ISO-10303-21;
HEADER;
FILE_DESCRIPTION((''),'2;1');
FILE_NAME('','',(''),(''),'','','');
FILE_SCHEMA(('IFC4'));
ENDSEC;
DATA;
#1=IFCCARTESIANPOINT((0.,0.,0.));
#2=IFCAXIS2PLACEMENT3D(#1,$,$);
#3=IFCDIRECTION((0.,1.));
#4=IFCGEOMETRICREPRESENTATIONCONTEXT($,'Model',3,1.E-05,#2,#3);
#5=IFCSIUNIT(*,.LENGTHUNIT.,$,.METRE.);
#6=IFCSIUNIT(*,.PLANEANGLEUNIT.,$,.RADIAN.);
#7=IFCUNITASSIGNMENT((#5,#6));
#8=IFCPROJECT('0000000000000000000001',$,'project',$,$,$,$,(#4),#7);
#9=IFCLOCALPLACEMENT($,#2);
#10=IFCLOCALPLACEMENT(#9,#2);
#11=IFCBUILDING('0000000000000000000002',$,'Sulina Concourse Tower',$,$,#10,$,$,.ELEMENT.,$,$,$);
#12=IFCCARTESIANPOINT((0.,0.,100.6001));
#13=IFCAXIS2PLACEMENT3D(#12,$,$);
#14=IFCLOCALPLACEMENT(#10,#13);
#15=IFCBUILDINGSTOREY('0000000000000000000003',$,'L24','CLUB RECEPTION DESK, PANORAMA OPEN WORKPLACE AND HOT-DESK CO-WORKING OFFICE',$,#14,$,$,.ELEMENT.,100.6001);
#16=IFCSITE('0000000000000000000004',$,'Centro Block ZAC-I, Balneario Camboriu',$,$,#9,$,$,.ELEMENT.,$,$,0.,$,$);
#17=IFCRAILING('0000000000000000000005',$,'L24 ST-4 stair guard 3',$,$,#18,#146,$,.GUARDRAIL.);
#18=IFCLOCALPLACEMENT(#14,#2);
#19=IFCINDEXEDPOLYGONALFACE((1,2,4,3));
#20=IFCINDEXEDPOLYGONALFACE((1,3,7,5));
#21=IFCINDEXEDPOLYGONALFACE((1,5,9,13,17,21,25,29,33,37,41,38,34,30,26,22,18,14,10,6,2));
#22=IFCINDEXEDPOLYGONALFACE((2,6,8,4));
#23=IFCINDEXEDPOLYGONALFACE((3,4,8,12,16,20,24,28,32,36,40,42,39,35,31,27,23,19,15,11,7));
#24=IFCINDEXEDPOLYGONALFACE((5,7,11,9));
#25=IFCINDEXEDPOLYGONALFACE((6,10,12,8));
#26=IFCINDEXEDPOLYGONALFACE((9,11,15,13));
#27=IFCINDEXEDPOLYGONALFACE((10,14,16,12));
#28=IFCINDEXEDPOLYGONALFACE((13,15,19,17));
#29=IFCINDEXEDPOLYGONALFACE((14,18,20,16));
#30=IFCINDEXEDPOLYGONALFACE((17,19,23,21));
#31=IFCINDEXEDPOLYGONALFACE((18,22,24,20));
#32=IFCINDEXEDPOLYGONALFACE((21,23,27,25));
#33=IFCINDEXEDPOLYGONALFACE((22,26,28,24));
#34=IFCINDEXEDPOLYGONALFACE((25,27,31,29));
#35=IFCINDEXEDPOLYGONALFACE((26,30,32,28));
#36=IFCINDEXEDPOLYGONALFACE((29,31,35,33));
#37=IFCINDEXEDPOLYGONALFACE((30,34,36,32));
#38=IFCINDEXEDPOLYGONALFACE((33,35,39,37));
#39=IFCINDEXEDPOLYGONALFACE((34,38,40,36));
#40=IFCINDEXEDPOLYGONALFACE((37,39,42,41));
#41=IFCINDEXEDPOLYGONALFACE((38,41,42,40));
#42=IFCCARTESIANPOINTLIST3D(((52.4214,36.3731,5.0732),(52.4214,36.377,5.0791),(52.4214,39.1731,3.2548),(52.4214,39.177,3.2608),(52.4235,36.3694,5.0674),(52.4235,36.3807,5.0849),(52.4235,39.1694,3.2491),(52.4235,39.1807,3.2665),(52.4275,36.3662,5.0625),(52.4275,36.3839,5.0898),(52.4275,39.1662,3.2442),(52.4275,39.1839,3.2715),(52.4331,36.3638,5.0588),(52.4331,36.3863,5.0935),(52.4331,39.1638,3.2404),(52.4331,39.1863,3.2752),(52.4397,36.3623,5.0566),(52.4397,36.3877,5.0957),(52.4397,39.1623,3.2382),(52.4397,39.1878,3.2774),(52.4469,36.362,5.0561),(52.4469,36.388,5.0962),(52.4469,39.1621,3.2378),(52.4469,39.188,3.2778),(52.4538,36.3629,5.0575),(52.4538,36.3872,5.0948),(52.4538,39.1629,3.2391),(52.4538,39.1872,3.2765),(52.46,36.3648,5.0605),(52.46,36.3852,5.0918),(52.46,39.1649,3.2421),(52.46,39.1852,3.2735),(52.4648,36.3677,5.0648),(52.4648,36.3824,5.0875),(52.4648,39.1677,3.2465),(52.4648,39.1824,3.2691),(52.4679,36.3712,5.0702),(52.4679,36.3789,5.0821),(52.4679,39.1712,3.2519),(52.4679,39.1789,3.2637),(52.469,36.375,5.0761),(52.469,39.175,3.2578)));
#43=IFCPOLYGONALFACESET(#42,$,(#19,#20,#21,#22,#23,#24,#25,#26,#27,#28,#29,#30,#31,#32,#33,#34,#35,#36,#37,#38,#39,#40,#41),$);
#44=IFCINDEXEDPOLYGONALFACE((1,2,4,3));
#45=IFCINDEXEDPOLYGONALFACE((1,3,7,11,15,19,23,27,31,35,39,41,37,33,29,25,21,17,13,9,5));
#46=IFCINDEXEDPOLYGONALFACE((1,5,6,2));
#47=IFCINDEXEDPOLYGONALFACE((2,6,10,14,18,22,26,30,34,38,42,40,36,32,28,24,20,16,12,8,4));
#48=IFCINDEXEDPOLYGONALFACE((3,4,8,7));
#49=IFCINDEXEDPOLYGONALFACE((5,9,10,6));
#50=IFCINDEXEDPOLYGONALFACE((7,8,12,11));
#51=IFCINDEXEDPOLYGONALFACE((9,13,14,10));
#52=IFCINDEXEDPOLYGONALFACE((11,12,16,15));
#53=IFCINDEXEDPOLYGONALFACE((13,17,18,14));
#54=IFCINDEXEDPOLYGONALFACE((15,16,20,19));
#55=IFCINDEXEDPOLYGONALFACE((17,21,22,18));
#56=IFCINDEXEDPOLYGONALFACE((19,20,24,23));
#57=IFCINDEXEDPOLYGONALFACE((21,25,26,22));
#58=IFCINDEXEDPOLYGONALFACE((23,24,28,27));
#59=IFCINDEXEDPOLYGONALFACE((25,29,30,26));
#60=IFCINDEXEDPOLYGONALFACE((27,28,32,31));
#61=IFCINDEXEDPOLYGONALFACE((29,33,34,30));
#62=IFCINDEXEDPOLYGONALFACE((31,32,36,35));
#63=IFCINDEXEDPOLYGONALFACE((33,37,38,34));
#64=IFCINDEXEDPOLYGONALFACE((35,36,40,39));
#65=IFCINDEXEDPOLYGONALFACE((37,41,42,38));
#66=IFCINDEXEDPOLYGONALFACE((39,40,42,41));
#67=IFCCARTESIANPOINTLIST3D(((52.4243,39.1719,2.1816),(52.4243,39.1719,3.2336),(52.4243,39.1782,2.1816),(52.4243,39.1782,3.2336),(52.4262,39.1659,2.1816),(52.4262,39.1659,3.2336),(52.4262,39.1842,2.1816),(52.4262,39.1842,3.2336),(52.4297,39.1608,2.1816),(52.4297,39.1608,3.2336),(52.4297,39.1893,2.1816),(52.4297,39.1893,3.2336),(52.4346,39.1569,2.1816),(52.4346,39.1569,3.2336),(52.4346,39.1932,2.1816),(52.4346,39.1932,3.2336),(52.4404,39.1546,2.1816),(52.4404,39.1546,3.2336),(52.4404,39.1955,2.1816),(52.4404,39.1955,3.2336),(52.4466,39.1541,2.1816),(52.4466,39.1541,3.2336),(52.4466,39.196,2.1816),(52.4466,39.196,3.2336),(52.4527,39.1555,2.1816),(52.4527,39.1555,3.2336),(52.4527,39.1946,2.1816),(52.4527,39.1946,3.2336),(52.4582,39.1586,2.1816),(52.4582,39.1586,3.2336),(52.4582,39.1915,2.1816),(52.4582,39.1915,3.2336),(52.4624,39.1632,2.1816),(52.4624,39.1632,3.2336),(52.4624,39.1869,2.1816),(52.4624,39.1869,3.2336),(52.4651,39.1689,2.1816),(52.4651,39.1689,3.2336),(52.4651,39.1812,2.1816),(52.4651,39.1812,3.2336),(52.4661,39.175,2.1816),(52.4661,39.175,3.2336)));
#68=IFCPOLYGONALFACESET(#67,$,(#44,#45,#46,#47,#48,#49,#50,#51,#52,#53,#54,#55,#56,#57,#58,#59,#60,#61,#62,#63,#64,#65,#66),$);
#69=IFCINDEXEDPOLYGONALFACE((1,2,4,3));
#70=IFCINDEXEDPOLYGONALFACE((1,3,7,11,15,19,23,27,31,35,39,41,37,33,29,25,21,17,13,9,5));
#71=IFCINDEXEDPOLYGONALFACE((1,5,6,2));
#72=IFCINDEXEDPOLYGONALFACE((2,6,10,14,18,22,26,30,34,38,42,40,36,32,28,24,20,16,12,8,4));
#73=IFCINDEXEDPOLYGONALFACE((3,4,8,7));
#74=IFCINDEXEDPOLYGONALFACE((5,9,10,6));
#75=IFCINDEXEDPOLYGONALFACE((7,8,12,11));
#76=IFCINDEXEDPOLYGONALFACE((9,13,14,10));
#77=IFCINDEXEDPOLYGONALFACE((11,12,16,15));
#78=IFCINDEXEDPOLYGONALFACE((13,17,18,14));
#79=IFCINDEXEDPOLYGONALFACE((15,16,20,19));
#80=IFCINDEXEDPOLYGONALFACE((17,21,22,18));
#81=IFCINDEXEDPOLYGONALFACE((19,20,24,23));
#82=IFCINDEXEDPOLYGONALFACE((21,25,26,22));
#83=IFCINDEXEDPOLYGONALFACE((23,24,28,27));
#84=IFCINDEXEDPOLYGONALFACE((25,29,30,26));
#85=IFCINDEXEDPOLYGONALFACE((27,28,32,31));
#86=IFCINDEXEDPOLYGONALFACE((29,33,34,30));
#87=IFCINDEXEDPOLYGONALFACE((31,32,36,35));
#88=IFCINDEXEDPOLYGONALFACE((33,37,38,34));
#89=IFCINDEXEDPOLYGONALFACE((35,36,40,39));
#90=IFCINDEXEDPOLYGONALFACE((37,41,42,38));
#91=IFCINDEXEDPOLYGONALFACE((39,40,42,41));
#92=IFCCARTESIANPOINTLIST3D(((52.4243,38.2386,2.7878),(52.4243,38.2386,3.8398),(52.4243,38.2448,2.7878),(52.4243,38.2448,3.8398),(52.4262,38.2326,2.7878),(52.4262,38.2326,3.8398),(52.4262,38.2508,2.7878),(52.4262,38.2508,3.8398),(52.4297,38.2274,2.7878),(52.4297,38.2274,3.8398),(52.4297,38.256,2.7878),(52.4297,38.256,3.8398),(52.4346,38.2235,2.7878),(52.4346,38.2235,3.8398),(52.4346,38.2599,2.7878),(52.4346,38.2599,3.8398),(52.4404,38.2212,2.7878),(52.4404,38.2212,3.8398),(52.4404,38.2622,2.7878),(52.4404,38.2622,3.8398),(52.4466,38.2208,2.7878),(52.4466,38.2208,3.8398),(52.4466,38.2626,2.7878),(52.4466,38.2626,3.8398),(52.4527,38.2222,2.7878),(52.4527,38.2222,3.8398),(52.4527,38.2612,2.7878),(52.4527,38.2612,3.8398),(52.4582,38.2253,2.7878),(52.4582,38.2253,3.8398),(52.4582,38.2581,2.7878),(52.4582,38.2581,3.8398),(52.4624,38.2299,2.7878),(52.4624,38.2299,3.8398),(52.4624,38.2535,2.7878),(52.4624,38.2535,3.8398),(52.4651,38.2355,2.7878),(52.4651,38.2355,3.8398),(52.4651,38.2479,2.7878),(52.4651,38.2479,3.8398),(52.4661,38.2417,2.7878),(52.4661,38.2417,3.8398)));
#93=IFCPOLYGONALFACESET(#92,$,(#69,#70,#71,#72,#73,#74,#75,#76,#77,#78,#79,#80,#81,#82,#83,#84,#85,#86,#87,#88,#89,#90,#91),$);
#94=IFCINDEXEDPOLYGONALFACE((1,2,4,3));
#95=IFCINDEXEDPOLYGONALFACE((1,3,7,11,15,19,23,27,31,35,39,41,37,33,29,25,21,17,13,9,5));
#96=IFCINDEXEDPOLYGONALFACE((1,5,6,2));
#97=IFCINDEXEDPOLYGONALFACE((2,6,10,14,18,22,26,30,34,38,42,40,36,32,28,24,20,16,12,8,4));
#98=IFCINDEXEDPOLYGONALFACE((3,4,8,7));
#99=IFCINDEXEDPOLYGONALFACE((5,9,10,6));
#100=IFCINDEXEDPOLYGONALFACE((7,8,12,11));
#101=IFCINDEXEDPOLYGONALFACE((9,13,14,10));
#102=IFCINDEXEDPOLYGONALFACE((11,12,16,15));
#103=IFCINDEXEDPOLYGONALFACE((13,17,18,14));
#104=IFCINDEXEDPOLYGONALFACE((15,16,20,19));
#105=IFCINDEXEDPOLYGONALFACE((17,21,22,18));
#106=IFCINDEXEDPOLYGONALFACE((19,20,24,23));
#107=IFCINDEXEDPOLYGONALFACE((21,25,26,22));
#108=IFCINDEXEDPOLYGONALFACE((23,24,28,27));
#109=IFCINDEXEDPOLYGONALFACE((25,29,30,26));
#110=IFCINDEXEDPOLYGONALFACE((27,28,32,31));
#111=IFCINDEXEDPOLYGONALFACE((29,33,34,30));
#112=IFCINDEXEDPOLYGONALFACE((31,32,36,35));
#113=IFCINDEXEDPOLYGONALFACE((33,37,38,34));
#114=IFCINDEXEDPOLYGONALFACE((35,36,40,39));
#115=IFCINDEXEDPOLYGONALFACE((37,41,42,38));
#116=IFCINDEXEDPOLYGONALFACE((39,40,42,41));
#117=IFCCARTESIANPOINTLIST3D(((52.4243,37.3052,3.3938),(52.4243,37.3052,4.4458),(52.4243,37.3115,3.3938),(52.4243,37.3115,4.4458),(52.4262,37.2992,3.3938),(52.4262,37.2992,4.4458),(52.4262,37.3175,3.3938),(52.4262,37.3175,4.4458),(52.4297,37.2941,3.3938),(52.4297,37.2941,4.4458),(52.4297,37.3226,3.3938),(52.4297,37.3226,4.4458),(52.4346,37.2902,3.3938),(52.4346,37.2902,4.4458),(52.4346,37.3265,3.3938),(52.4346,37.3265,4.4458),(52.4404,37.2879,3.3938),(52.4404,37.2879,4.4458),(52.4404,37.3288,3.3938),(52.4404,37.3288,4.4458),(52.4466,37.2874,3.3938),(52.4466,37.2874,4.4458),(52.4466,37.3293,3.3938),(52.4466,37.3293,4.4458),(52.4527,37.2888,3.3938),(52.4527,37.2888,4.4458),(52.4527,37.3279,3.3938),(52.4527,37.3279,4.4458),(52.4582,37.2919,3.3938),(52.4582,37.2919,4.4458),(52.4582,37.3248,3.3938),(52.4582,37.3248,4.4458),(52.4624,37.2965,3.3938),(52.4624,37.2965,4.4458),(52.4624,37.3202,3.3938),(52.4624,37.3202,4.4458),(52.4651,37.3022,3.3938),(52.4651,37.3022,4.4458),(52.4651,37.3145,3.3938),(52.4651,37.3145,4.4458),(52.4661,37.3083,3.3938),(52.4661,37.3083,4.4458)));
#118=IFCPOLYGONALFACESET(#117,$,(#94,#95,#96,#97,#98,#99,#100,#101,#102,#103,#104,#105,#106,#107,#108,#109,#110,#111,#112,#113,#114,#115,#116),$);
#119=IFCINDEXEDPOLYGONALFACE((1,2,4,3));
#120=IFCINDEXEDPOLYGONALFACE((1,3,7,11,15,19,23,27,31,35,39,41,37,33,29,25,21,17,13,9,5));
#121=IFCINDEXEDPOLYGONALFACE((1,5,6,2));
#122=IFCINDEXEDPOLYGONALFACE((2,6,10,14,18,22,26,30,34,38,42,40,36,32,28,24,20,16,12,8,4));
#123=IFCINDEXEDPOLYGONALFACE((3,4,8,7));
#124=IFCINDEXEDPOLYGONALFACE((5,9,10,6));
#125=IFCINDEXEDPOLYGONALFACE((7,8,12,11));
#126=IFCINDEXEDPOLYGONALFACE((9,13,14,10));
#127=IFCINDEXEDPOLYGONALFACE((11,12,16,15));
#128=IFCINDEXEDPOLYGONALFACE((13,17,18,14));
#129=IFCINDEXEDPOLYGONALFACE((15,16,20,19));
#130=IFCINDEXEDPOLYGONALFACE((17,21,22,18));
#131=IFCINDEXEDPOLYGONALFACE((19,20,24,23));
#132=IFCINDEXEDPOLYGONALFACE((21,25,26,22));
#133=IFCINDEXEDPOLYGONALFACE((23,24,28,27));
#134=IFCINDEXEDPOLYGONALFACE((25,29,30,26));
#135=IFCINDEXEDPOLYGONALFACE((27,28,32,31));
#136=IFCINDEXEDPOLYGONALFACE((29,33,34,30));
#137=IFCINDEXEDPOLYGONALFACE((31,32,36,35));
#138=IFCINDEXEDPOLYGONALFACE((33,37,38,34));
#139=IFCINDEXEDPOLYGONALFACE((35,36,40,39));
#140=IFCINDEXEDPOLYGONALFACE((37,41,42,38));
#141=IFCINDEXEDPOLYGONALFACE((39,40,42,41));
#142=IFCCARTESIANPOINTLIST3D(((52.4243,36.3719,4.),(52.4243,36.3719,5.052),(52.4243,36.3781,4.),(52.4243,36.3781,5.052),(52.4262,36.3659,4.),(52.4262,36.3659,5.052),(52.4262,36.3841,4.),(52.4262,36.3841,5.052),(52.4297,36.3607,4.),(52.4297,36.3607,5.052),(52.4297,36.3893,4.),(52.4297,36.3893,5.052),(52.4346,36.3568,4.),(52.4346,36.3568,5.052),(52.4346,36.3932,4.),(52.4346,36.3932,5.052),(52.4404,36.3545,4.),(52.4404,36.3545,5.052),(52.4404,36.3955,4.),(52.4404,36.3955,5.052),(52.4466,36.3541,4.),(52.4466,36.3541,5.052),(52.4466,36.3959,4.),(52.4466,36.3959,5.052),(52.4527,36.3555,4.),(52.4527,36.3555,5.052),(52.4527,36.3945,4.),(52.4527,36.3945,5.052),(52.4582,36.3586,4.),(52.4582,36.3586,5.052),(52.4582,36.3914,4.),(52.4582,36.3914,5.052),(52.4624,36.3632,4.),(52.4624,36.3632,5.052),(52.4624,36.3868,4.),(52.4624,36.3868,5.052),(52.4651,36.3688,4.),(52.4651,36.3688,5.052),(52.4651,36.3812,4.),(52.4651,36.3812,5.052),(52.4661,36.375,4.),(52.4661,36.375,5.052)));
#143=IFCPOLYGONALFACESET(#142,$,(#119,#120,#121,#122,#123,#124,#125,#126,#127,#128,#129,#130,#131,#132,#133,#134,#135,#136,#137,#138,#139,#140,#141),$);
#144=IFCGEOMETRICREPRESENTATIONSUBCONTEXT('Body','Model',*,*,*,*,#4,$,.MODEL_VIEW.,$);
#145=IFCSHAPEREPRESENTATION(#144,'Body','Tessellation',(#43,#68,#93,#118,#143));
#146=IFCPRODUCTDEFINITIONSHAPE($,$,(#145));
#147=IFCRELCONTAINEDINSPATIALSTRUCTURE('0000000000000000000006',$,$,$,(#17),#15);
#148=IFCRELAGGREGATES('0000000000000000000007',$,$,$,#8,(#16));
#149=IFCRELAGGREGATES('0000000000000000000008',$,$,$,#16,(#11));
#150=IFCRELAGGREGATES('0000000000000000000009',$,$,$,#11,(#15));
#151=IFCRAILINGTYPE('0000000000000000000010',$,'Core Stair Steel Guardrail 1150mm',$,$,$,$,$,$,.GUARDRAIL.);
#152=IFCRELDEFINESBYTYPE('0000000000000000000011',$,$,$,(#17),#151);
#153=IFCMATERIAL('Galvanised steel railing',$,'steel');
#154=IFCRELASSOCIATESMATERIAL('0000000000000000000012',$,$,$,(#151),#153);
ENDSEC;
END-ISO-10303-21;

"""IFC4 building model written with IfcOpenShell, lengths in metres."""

from ifc_helpers import new_model, si_unit, direction, frame, origin, origin_2d, place, context, subcontext, project, spatial, circle, extrude, material, type_object, element, save


model = new_model("IFC4")

# Units and contexts
model_context = context("Model", 3, precision=1e-05, world=origin(), true_north=direction((0.0, 1.0)))
body_context = subcontext(model_context, "Body", "Model", "MODEL_VIEW")
ifc_project = project(units=[si_unit("LENGTHUNIT", "METRE"), si_unit("PLANEANGLEUNIT", "RADIAN")], contexts=[model_context])

# Site, building, storey
site_placement = place(None, origin())
site = spatial("IfcSite", under=ifc_project, at=site_placement, Name="Centro Block ZAC-I, Balneario Camboriu", CompositionType="ELEMENT", RefElevation=0.0)
building_placement = place(site_placement, origin())
building = spatial("IfcBuilding", under=site, at=building_placement, Name="Sulina Concourse Tower", CompositionType="ELEMENT")
storey_placement = place(building_placement, frame((0.0, 0.0, 100.6001)))
storey = spatial("IfcBuildingStorey", under=building, at=storey_placement, Name="L24", Description="CLUB RECEPTION DESK, PANORAMA OPEN WORKPLACE AND HOT-DESK CO-WORKING OFFICE", CompositionType="ELEMENT", Elevation=100.6001)

# Railing
ifc_material_1 = material(Name="Galvanised steel railing", Category="steel")
railing_type_1 = type_object("IfcRailingType", Name="Core Stair Steel Guardrail 1150mm", PredefinedType="GUARDRAIL", material=ifc_material_1)
railing_1_placement = place(storey_placement, frame((52.4451, 39.175, 2.1816)))
element("IfcRailing", 1, at=railing_1_placement, inside=storey, type_object=railing_type_1, Name="L24 ST-4 stair guard 3", PredefinedType="GUARDRAIL", context=body_context, shape_type="SweptSolid", body=[
    extrude(circle(Radius=0.0239, at=origin_2d()), frame((0.0, 0.0, 1.0762), z_axis=(0.0, -0.838672, 0.544636), x_axis=(1.0, 0.0, 0.0)), (0.0, 0.0, 1.0), 3.3386),
    extrude(circle(Radius=0.021, at=origin_2d()), origin(), (0.0, 0.0, 1.0), 1.052),
    extrude(circle(Radius=0.021, at=origin_2d()), frame((0.0, -0.9333, 0.6062)), (0.0, 0.0, 1.0), 1.052),
    extrude(circle(Radius=0.021, at=origin_2d()), frame((0.0, -1.8667, 1.2122)), (0.0, 0.0, 1.0), 1.052),
    extrude(circle(Radius=0.021, at=origin_2d()), frame((0.0, -2.8, 1.8184)), (0.0, 0.0, 1.0), 1.052),
])

save(model, "model.ifc")
